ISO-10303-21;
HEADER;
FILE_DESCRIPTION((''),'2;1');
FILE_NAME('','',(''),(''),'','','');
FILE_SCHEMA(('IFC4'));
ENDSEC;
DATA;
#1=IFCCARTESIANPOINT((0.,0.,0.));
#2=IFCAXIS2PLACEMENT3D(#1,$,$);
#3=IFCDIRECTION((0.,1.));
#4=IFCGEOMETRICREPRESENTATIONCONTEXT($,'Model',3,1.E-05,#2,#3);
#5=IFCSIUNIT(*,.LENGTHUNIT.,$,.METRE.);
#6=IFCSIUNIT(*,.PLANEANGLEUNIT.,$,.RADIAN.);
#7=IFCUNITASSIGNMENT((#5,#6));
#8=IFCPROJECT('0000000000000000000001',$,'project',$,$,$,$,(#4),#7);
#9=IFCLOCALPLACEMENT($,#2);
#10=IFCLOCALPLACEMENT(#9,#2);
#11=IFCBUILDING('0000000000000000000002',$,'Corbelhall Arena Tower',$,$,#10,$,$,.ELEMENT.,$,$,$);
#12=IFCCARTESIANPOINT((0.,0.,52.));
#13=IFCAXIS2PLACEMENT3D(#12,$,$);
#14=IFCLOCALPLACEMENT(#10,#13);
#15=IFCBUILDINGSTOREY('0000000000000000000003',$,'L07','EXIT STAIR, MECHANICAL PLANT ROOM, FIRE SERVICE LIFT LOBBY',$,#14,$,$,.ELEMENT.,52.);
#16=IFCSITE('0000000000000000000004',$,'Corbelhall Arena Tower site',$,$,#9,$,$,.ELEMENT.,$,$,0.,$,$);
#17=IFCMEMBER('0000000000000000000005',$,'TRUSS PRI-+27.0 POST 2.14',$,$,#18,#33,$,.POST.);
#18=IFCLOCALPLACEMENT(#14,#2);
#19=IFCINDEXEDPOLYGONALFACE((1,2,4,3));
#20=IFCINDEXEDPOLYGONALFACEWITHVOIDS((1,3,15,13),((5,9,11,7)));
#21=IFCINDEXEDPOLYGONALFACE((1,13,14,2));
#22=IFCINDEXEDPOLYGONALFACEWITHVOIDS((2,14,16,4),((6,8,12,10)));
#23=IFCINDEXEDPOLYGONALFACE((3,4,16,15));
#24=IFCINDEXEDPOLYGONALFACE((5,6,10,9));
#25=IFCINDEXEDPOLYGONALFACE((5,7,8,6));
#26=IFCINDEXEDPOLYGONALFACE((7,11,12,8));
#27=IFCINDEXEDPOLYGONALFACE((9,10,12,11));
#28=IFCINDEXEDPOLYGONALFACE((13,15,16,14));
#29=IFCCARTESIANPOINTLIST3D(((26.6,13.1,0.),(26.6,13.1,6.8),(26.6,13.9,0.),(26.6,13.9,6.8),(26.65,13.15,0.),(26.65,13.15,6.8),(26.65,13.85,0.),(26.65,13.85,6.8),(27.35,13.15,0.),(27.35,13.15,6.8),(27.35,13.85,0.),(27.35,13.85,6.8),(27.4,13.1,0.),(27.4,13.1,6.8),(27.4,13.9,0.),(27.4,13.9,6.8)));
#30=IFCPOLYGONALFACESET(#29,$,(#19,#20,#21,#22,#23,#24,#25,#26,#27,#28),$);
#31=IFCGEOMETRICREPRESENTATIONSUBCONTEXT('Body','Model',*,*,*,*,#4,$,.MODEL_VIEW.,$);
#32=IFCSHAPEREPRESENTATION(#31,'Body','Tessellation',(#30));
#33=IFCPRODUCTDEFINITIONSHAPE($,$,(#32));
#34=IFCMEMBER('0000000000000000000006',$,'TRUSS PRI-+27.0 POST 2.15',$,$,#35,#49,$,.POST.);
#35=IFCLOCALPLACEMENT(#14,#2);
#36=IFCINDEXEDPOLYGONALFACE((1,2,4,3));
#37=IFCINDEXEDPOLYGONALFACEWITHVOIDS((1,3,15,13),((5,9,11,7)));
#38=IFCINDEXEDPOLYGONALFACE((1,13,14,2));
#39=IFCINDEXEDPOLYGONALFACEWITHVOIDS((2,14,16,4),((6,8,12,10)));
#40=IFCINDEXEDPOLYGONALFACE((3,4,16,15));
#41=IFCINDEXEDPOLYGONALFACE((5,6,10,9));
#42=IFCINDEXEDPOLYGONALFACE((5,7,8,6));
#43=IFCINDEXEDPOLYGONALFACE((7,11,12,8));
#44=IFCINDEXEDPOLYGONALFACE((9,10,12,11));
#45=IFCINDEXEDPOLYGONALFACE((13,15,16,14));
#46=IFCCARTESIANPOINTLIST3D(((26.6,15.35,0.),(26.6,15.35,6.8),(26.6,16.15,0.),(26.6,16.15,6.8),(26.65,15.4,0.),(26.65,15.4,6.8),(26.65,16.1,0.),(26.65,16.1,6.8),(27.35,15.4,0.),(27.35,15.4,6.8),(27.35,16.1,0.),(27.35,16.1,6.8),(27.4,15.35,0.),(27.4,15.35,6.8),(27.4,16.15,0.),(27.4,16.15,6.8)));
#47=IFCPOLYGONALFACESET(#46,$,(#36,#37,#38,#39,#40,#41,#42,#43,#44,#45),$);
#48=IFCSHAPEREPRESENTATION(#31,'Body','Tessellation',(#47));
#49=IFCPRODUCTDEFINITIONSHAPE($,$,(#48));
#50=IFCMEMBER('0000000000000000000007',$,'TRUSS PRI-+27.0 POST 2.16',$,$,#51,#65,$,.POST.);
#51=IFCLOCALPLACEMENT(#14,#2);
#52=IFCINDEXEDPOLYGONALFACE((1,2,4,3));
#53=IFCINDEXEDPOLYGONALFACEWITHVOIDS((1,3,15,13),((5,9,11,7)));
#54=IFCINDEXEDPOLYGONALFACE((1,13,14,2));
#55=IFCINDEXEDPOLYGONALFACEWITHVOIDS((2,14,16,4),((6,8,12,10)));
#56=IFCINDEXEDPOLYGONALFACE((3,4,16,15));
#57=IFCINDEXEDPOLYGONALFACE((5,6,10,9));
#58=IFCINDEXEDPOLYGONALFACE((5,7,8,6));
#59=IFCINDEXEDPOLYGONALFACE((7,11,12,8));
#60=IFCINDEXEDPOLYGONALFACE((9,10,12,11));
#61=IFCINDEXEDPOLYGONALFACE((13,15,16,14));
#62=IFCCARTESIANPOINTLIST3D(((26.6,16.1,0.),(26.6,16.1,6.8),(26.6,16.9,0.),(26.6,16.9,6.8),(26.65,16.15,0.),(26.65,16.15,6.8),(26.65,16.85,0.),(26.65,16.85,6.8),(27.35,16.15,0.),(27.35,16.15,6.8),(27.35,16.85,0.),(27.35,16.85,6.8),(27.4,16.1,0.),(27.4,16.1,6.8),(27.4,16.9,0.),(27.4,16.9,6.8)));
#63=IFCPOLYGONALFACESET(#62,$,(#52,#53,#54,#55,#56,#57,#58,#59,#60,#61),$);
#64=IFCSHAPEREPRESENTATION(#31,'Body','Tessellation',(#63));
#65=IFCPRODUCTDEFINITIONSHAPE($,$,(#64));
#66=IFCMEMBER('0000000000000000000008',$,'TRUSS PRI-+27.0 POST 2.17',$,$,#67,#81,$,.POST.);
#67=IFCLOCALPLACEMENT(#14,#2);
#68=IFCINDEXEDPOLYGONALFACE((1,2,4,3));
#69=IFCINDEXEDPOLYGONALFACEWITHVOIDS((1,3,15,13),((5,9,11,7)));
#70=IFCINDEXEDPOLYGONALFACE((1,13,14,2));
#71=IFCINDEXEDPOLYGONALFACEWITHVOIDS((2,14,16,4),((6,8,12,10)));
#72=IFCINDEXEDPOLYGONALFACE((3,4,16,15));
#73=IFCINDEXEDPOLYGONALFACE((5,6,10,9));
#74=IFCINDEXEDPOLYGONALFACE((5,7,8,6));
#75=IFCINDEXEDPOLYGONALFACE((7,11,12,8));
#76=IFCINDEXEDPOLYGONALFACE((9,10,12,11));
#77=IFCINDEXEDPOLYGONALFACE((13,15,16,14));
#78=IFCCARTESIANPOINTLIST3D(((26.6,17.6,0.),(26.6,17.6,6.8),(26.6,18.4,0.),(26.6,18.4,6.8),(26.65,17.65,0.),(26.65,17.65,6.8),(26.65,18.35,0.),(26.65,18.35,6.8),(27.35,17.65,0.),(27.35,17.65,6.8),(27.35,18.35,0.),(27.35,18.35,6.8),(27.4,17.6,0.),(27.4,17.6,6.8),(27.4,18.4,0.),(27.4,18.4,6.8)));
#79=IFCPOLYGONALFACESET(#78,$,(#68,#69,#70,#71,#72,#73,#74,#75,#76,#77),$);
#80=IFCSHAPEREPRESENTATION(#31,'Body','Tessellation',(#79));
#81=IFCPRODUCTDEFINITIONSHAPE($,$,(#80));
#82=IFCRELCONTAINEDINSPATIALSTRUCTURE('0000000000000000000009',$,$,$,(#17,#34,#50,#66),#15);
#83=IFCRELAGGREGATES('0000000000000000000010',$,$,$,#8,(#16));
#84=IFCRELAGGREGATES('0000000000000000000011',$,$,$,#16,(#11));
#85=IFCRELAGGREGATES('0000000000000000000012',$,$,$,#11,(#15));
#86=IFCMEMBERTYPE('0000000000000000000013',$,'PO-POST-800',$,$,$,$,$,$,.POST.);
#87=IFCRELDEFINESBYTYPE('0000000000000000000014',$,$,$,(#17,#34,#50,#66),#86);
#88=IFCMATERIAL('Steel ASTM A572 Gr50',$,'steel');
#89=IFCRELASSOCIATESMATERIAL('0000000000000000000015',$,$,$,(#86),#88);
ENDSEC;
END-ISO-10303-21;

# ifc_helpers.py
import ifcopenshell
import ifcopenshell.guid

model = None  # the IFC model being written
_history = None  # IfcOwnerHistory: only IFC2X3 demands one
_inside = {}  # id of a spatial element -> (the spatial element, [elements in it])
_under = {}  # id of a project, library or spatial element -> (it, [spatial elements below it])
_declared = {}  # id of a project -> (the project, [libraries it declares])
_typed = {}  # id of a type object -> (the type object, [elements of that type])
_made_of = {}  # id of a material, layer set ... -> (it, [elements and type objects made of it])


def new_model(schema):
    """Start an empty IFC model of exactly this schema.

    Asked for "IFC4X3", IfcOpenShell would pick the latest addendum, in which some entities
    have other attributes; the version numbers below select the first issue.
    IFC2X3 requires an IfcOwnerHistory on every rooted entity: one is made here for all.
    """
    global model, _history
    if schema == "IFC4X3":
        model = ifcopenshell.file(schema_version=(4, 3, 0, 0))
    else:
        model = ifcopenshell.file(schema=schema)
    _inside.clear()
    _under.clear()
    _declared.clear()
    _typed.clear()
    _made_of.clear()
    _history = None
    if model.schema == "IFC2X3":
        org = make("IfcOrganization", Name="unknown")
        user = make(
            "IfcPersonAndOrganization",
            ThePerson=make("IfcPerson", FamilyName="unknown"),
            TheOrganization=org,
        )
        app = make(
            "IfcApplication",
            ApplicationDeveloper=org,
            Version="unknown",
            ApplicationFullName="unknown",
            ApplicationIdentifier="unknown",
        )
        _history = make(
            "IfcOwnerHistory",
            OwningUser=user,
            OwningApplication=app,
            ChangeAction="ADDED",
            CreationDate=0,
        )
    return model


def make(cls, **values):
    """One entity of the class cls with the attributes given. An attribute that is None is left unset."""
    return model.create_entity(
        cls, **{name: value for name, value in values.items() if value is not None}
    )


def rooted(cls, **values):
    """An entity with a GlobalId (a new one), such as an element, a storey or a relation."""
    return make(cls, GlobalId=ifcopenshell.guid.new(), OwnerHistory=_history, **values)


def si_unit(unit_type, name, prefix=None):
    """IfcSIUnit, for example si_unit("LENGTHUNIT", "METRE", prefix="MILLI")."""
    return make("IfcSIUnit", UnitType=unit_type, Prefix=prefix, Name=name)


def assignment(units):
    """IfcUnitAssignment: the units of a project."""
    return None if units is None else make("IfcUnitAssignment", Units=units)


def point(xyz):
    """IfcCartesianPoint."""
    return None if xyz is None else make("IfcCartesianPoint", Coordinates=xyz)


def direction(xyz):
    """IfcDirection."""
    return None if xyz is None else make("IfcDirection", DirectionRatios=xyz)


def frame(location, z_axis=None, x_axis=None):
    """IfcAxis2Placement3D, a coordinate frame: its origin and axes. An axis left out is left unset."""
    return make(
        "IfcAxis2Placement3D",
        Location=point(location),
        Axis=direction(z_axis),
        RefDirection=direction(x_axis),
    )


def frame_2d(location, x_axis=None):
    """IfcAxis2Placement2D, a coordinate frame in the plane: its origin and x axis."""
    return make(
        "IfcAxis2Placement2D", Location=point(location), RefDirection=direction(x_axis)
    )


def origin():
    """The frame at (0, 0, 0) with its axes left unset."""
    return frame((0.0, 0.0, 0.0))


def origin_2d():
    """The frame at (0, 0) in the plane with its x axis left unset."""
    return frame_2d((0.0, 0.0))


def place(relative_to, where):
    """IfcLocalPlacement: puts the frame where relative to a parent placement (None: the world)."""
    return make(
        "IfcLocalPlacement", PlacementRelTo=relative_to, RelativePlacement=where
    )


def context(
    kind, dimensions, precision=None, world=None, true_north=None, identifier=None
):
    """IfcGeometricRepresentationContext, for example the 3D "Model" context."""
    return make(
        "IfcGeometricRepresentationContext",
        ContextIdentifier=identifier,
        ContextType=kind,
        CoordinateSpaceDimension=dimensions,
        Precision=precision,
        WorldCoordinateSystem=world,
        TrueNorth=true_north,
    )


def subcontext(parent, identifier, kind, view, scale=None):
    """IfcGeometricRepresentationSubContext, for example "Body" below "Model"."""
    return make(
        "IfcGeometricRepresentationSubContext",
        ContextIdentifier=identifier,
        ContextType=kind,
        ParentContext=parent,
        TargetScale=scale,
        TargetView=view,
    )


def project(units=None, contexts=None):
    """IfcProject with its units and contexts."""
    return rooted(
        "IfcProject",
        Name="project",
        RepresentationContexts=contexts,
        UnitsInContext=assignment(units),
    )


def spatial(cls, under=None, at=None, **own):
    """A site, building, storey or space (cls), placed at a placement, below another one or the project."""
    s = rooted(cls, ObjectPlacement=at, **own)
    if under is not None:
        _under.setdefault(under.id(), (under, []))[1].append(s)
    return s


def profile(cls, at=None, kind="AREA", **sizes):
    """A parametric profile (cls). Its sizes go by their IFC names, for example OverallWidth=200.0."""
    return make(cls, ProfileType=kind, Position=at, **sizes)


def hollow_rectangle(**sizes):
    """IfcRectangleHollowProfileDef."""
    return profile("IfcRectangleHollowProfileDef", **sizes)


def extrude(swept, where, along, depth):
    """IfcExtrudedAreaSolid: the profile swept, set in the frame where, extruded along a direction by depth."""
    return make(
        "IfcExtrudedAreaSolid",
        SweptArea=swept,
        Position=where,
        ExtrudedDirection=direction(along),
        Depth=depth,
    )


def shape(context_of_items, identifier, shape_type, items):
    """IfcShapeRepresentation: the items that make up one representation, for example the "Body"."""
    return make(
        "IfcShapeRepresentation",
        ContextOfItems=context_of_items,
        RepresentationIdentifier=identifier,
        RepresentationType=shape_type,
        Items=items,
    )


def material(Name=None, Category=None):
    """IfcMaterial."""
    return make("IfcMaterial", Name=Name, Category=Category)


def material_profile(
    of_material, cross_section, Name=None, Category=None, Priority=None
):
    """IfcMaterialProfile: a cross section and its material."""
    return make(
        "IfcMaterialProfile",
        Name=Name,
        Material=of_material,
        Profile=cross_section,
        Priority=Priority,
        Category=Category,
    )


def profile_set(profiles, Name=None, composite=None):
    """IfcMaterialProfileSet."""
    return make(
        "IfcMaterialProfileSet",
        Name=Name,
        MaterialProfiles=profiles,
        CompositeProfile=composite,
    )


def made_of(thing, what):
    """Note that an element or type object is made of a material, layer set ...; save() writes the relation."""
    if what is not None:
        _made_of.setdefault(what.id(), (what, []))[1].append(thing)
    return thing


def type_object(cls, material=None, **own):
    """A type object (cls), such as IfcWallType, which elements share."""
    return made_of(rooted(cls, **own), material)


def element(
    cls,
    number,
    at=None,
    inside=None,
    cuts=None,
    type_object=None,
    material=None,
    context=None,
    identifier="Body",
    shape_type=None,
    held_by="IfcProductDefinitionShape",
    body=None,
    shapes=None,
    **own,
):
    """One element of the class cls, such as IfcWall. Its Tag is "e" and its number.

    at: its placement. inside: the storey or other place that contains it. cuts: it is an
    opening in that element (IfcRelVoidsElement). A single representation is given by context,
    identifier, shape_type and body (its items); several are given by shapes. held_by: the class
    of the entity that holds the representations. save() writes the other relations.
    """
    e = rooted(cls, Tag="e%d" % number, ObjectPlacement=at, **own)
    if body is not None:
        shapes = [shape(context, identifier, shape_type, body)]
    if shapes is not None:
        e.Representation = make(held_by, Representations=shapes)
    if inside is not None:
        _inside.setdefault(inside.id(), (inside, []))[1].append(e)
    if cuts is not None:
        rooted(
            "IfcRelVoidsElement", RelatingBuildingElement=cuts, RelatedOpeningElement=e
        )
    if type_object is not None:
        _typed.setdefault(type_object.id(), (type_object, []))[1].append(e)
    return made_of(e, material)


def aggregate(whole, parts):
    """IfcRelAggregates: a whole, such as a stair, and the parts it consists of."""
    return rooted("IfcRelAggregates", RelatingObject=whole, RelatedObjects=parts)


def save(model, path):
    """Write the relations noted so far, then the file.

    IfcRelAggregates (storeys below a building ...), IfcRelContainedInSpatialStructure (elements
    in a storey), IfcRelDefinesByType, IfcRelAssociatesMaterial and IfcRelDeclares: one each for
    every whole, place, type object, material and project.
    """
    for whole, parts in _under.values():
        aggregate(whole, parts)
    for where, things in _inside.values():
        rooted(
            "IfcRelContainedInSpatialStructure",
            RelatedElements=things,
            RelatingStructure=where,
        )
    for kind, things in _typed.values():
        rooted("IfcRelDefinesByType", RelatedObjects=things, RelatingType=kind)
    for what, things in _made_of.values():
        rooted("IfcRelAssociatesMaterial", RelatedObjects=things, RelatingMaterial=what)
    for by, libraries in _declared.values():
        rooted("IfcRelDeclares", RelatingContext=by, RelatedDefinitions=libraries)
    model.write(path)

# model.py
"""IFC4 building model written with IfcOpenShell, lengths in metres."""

from ifc_helpers import new_model, si_unit, direction, frame, origin, origin_2d, place, context, subcontext, project, spatial, hollow_rectangle, extrude, material, material_profile, profile_set, type_object, element, save


model = new_model("IFC4")

# Units and contexts
model_context = context("Model", 3, precision=1e-05, world=origin(), true_north=direction((0.0, 1.0)))
body_context = subcontext(model_context, "Body", "Model", "MODEL_VIEW")
ifc_project = project(units=[si_unit("LENGTHUNIT", "METRE"), si_unit("PLANEANGLEUNIT", "RADIAN")], contexts=[model_context])

# Site, building, storey
site_placement = place(None, origin())
site = spatial("IfcSite", under=ifc_project, at=site_placement, Name="Corbelhall Arena Tower site", CompositionType="ELEMENT", RefElevation=0.0)
building_placement = place(site_placement, origin())
building = spatial("IfcBuilding", under=site, at=building_placement, Name="Corbelhall Arena Tower", CompositionType="ELEMENT")
storey_placement = place(building_placement, frame((0.0, 0.0, 52.0)))
storey = spatial("IfcBuildingStorey", under=building, at=storey_placement, Name="L07", Description="EXIT STAIR, MECHANICAL PLANT ROOM, FIRE SERVICE LIFT LOBBY", CompositionType="ELEMENT", Elevation=52.0)

# Members
ifc_material = material(Name="Steel ASTM A572 Gr50", Category="steel")
ifc_material_profile_1 = material_profile(ifc_material, hollow_rectangle(XDim=0.8, YDim=0.8, WallThickness=0.05, at=origin_2d()))
ifc_profile_set_1 = profile_set([ifc_material_profile_1], Name="Steel ASTM A572 Gr50")
member_type_1 = type_object("IfcMemberType", Name="PO-POST-800", PredefinedType="POST", material=ifc_profile_set_1)
for number, where, z_axis, x_axis, name in (
    (1, (27.0, 13.5, 0.0), (0.0, 0.0, 1.0), (1.0, 0.0, 0.0), "TRUSS PRI-+27.0 POST 2.14"),
    (2, (27.0, 15.75, 0.0), (0.0, 0.0, 1.0), (1.0, 0.0, 0.0), "TRUSS PRI-+27.0 POST 2.15"),
    (3, (27.0, 16.5, 0.0), (0.0, 0.0, 1.0), (1.0, 0.0, 0.0), "TRUSS PRI-+27.0 POST 2.16"),
    (4, (27.0, 18.0, 0.0), (0.0, 0.0, 1.0), (1.0, 0.0, 0.0), "TRUSS PRI-+27.0 POST 2.17"),
):
    element("IfcMember", number, at=place(storey_placement, frame(where, z_axis=z_axis, x_axis=x_axis)), inside=storey, type_object=member_type_1, Name=name, PredefinedType="POST", context=body_context, shape_type="SweptSolid", body=[
        extrude(hollow_rectangle(XDim=0.8, YDim=0.8, WallThickness=0.05, at=origin_2d()), origin(), (0.0, 0.0, 1.0), 6.8),
    ])

save(model, "model.ifc")
